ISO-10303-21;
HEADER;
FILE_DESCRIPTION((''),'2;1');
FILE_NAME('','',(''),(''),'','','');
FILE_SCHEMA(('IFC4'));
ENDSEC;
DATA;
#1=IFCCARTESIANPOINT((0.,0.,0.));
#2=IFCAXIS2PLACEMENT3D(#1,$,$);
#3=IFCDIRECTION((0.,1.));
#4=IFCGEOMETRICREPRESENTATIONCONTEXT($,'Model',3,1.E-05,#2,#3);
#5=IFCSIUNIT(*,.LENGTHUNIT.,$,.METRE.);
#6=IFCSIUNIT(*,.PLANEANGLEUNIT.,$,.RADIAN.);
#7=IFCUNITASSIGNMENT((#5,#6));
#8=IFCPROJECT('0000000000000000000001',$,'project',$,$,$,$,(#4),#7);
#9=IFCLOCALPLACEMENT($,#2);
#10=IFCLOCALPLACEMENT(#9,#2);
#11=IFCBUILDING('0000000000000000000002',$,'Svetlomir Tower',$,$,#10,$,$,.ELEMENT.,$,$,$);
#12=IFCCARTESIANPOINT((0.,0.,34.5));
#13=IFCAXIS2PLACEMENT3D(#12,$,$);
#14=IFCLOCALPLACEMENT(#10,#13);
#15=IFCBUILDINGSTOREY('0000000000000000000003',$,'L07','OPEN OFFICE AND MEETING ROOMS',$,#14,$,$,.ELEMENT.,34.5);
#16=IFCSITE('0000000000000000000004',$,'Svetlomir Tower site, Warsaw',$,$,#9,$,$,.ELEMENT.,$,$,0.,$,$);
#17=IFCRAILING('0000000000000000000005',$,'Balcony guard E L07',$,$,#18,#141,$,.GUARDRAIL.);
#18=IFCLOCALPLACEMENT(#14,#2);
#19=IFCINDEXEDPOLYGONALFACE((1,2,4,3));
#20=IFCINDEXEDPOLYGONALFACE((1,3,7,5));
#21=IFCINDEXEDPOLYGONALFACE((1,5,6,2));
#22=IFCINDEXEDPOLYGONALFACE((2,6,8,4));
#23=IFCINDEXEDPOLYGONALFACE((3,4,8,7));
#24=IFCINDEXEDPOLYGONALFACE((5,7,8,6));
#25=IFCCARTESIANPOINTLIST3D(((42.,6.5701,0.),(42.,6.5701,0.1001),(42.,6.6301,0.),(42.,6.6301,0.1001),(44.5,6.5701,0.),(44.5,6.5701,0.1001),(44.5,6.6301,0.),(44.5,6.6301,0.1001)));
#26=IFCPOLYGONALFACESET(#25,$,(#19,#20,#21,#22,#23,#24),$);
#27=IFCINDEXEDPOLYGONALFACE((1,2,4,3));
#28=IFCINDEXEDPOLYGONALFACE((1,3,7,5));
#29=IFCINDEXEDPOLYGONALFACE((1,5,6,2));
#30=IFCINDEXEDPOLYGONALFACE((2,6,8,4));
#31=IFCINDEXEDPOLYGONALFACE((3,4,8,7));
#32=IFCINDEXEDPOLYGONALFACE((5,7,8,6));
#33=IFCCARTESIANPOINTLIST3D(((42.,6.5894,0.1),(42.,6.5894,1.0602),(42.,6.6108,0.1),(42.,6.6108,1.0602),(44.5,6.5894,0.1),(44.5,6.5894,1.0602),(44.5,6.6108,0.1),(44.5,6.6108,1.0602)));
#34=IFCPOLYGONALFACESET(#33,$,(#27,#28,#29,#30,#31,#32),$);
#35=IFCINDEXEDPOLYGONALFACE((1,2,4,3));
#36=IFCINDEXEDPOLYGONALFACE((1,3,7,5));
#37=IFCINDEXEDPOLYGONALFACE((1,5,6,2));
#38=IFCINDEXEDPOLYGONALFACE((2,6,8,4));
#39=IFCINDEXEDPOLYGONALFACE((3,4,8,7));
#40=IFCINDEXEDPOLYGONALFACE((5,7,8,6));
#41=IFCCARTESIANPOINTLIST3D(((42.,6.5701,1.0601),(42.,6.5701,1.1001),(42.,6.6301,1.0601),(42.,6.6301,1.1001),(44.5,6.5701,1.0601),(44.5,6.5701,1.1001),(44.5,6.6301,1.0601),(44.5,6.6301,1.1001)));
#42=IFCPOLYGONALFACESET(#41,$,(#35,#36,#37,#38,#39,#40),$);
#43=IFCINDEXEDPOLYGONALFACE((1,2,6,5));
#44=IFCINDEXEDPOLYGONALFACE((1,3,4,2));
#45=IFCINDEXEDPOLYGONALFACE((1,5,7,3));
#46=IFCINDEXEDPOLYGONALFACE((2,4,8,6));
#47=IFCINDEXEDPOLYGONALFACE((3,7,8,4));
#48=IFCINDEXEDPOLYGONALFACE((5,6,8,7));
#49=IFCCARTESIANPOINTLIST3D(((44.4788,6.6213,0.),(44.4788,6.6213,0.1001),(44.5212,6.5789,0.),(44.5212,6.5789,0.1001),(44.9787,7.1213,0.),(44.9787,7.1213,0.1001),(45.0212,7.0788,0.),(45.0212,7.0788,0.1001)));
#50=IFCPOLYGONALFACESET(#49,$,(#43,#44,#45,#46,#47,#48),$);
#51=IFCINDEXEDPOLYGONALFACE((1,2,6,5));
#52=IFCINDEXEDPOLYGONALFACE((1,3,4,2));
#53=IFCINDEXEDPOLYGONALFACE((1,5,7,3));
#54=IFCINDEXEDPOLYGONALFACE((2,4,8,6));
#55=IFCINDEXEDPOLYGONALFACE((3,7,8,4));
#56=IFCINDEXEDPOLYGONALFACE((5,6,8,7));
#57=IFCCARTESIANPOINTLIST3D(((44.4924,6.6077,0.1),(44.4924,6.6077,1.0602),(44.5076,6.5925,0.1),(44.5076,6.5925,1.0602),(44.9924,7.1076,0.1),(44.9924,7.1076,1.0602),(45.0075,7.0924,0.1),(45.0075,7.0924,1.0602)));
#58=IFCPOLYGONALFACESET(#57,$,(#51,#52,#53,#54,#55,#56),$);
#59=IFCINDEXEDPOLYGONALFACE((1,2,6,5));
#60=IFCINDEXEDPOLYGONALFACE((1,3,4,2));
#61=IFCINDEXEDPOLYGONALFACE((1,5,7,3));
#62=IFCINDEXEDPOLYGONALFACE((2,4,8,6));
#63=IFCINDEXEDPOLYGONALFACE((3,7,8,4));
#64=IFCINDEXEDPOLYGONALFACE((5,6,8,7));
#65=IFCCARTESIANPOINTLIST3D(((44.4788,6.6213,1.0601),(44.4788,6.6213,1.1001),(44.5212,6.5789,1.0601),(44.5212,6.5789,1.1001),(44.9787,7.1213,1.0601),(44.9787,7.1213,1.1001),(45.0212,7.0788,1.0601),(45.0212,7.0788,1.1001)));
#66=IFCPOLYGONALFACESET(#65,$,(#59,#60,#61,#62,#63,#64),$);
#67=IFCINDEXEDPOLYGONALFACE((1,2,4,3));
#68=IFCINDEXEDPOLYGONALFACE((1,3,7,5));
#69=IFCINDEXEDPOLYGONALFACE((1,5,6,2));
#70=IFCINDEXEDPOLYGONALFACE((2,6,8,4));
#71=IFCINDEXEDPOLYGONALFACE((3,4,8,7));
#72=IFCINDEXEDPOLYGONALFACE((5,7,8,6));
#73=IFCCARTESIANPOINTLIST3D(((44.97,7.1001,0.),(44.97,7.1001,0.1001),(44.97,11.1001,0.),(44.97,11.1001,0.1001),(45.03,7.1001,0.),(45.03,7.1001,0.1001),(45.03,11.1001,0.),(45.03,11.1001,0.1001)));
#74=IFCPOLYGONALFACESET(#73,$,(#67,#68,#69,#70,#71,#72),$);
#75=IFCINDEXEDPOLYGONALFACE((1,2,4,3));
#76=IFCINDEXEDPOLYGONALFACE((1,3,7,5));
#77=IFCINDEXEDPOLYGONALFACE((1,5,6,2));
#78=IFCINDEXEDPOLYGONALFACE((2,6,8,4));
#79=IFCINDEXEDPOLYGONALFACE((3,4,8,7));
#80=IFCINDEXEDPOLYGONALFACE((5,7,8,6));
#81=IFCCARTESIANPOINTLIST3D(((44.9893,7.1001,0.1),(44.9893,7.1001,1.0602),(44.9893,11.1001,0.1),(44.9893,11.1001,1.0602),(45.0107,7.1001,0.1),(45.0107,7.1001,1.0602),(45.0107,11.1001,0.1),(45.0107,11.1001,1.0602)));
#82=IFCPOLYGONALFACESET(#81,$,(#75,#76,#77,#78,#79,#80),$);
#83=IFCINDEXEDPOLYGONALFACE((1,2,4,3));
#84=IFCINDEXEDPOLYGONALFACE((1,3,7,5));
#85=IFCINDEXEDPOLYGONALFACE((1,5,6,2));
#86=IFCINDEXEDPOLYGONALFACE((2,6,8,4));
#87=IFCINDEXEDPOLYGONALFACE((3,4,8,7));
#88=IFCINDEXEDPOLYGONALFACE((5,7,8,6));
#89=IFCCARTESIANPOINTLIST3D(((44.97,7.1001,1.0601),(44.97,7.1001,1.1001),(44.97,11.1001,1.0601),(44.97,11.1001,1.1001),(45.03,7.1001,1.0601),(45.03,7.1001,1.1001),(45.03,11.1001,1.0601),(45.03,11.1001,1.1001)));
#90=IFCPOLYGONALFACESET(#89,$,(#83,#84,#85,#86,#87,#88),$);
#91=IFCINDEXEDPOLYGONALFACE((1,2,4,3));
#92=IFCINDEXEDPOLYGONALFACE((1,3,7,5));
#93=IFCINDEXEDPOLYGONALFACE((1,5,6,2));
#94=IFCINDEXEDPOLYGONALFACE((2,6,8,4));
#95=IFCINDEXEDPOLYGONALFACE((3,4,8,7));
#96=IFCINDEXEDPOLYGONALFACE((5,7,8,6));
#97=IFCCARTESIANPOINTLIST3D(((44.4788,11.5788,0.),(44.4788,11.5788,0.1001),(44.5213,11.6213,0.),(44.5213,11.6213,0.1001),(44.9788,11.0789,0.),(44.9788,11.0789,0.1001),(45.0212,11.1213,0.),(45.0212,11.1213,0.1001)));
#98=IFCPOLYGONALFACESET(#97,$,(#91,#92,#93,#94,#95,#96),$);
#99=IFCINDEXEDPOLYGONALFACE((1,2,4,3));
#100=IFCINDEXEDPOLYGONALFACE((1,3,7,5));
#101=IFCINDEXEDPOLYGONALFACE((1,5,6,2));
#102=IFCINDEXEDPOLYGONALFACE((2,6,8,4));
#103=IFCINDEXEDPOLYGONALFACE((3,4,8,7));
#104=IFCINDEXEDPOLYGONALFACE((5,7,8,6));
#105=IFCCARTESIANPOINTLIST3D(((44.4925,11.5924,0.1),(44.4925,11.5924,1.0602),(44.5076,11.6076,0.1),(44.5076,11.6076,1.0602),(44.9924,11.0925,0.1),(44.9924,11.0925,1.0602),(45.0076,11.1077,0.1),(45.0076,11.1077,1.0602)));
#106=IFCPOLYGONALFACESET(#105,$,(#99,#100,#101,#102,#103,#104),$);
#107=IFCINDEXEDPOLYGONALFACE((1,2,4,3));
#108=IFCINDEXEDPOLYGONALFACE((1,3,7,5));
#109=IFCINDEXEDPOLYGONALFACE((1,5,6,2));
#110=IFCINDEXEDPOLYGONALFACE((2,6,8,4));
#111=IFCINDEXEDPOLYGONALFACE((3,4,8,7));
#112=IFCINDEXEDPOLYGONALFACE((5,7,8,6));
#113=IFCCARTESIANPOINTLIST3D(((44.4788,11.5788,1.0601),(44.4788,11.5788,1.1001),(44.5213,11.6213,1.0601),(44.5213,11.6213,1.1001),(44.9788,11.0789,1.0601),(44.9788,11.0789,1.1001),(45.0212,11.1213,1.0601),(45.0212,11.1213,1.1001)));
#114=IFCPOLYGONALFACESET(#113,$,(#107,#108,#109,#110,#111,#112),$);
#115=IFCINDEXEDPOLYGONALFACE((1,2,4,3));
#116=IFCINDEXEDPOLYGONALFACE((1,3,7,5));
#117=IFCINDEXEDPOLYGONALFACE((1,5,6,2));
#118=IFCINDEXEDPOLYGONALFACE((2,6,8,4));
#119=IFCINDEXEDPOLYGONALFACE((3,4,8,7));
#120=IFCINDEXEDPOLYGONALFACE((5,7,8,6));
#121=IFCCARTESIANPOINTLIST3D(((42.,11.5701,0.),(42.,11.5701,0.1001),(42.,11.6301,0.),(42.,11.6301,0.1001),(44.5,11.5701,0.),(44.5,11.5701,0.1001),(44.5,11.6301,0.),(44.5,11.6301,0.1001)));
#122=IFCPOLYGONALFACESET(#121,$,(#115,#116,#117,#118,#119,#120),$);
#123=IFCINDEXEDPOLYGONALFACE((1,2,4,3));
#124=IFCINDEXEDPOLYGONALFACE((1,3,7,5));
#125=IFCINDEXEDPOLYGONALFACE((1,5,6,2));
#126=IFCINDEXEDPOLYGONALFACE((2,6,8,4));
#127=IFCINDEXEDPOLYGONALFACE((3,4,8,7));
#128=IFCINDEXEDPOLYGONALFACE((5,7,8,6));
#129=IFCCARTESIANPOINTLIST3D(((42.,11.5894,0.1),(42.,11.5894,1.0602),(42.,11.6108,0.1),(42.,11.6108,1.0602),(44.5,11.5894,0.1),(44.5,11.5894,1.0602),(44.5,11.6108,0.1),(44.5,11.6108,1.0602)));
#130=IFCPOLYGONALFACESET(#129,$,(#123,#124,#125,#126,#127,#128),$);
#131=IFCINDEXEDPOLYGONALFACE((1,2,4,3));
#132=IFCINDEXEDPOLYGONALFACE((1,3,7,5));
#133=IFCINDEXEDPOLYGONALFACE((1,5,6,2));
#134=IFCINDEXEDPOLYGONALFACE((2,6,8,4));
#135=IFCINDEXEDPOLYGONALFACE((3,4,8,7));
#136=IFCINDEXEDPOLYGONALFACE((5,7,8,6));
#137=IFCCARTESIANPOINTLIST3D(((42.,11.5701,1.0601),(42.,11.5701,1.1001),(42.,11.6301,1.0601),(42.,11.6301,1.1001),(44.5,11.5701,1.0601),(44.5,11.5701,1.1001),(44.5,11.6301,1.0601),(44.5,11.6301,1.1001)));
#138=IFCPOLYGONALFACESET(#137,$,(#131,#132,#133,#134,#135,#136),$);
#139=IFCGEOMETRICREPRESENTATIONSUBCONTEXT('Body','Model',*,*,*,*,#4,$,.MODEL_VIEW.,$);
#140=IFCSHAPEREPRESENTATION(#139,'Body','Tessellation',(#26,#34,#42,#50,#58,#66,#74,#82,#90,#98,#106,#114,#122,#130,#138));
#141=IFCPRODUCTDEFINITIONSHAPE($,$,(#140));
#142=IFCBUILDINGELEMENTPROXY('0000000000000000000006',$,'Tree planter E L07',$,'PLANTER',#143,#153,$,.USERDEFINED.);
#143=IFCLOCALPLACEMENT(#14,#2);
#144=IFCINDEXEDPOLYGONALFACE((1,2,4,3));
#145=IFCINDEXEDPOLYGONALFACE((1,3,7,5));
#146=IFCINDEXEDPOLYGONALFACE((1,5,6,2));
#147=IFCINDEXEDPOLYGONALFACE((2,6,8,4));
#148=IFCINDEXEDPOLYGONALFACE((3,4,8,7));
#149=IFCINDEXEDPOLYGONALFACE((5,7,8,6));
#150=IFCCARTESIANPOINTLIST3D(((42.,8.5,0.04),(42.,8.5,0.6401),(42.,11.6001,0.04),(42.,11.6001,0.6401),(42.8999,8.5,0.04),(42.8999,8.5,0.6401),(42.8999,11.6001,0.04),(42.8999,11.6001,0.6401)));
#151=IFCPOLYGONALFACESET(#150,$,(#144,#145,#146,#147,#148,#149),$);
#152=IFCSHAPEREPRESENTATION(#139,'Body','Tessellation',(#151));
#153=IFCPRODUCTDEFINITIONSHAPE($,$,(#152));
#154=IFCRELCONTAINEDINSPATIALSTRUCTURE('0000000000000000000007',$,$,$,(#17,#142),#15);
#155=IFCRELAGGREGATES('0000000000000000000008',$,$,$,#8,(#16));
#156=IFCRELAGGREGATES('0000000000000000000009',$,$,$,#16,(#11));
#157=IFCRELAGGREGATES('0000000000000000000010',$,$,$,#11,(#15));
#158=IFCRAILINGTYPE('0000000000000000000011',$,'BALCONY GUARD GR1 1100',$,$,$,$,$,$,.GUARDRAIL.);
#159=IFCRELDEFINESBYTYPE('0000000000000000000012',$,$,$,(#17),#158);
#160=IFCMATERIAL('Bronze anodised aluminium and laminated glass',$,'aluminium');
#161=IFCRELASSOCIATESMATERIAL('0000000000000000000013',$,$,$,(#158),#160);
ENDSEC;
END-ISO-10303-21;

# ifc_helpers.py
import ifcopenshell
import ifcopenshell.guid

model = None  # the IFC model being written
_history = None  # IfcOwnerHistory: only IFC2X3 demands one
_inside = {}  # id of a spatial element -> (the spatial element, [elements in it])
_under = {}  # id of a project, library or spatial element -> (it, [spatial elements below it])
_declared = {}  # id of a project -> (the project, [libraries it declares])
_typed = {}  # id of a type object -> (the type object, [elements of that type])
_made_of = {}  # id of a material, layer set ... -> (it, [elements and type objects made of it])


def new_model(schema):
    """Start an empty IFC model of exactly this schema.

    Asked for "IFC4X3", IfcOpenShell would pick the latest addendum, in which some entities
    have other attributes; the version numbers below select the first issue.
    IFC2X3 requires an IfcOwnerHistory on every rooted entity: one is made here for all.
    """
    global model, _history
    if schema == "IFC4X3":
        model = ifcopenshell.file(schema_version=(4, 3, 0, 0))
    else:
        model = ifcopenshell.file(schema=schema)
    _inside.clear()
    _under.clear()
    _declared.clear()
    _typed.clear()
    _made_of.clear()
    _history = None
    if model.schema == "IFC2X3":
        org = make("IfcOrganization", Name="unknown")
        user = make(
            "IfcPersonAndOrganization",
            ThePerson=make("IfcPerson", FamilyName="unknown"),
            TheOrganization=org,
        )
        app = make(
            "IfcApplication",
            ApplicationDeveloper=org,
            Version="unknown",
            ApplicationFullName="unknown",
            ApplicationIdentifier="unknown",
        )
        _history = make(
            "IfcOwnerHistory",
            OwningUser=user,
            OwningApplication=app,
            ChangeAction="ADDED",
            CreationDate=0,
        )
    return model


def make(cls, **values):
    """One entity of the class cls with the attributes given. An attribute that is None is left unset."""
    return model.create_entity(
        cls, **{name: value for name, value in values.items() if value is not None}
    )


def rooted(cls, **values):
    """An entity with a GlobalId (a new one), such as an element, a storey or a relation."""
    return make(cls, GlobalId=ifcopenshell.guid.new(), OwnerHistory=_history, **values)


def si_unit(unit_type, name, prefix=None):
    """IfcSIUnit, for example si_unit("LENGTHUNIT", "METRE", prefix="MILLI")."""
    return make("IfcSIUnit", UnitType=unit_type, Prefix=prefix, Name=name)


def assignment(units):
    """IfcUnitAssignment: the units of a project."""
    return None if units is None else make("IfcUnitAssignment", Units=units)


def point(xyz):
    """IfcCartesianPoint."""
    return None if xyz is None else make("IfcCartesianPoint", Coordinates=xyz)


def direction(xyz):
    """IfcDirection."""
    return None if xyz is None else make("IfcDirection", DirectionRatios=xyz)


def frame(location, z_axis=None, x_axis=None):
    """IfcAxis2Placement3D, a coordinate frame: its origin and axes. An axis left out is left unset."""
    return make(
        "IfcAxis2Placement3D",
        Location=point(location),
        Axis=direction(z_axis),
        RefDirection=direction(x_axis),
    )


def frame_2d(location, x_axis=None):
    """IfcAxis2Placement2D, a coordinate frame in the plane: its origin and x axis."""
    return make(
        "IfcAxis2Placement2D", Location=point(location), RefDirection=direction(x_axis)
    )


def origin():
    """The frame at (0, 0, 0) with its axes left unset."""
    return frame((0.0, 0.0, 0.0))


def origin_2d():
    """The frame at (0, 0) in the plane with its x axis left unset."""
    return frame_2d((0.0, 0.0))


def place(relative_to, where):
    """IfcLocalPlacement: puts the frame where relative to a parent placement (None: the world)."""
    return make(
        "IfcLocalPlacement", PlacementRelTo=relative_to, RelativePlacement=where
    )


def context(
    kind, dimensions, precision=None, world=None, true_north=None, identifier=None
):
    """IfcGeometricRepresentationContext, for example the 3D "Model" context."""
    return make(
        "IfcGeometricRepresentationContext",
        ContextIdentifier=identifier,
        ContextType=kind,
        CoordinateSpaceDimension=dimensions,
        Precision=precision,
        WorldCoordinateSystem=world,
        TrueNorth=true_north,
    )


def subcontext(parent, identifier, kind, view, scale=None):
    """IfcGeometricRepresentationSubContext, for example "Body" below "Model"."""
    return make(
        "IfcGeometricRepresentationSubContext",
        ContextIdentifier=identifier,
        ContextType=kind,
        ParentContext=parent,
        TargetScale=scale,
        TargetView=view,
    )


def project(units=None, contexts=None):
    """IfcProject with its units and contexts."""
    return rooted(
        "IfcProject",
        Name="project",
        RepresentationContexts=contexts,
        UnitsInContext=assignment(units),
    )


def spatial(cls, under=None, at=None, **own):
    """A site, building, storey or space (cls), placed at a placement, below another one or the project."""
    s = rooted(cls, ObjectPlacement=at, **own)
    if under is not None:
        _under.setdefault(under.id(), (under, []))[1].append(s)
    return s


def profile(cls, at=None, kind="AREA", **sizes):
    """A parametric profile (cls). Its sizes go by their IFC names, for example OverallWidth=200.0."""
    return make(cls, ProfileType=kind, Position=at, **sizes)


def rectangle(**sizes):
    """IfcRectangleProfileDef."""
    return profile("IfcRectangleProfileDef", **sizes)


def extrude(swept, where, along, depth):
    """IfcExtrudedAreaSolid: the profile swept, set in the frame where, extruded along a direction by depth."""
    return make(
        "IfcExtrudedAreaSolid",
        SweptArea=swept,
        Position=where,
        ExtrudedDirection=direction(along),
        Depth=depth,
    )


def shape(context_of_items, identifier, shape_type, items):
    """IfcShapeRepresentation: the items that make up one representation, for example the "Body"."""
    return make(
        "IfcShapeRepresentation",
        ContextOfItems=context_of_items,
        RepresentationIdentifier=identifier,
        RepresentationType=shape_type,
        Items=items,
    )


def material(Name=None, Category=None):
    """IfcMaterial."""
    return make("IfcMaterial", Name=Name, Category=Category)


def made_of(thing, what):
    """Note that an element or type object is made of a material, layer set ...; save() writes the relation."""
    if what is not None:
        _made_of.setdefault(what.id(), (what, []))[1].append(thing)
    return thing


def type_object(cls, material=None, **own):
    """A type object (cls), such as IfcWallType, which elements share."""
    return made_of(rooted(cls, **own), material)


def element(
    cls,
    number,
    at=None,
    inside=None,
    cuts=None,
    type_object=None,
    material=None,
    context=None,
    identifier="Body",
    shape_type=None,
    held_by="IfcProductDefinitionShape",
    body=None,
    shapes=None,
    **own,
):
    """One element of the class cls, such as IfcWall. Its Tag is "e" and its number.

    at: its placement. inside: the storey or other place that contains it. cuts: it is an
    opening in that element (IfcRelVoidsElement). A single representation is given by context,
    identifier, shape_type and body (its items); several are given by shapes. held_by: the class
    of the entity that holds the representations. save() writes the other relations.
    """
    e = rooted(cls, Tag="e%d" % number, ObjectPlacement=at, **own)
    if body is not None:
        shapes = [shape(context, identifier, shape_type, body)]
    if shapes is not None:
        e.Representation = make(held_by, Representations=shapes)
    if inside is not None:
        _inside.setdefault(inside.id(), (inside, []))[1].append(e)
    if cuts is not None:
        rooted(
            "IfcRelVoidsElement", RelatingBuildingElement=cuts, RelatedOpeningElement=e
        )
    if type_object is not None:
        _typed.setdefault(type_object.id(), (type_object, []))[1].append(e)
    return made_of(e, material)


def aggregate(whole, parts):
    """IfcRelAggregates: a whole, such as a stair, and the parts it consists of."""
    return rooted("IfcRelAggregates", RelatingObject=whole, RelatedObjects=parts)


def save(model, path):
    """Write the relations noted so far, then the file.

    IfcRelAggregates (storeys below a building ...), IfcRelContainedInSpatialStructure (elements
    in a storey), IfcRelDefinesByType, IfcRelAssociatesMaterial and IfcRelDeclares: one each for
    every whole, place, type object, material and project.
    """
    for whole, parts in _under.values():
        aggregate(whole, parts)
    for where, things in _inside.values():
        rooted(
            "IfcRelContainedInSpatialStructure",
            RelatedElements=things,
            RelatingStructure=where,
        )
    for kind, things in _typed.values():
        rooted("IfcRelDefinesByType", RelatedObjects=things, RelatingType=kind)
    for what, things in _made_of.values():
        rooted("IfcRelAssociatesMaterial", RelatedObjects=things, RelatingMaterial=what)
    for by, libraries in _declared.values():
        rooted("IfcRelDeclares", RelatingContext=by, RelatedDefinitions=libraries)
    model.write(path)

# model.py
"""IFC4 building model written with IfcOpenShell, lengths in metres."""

from ifc_helpers import new_model, si_unit, direction, frame, origin, origin_2d, place, context, subcontext, project, spatial, rectangle, extrude, material, type_object, element, save


model = new_model("IFC4")

# Units and contexts
model_context = context("Model", 3, precision=1e-05, world=origin(), true_north=direction((0.0, 1.0)))
body_context = subcontext(model_context, "Body", "Model", "MODEL_VIEW")
ifc_project = project(units=[si_unit("LENGTHUNIT", "METRE"), si_unit("PLANEANGLEUNIT", "RADIAN")], contexts=[model_context])

# Site, building, storey
site_placement = place(None, origin())
site = spatial("IfcSite", under=ifc_project, at=site_placement, Name="Svetlomir Tower site, Warsaw", CompositionType="ELEMENT", RefElevation=0.0)
building_placement = place(site_placement, origin())
building = spatial("IfcBuilding", under=site, at=building_placement, Name="Svetlomir Tower", CompositionType="ELEMENT")
storey_placement = place(building_placement, frame((0.0, 0.0, 34.5)))
storey = spatial("IfcBuildingStorey", under=building, at=storey_placement, Name="L07", Description="OPEN OFFICE AND MEETING ROOMS", CompositionType="ELEMENT", Elevation=34.5)

# Railing
ifc_material_1 = material(Name="Bronze anodised aluminium and laminated glass", Category="aluminium")
railing_type = type_object("IfcRailingType", Name="BALCONY GUARD GR1 1100", PredefinedType="GUARDRAIL", material=ifc_material_1)
railing_placement = place(storey_placement, frame((42.0, 6.6001, 0.0)))
element("IfcRailing", 1, at=railing_placement, inside=storey, type_object=railing_type, Name="Balcony guard E L07", PredefinedType="GUARDRAIL", context=body_context, shape_type="SweptSolid", body=[
    extrude(rectangle(XDim=0.0601, YDim=0.1001, at=origin_2d()), frame((0.0, 0.0, 0.05), z_axis=(1.0, 0.0, 0.0), x_axis=(0.0, 1.0, 0.0)), (0.0, 0.0, 1.0), 2.5),
    extrude(rectangle(XDim=0.0215, YDim=0.9602, at=origin_2d()), frame((0.0, 0.0, 0.5801), z_axis=(1.0, 0.0, 0.0), x_axis=(0.0, 1.0, 0.0)), (0.0, 0.0, 1.0), 2.5),
    extrude(rectangle(XDim=0.0601, YDim=0.04, at=origin_2d()), frame((0.0, 0.0, 1.0801), z_axis=(1.0, 0.0, 0.0), x_axis=(0.0, 1.0, 0.0)), (0.0, 0.0, 1.0), 2.5),
    extrude(rectangle(XDim=0.0601, YDim=0.1001, at=origin_2d()), frame((2.5, 0.0, 0.05), z_axis=(0.707107, 0.707107, 0.0), x_axis=(-0.707107, 0.707107, 0.0)), (0.0, 0.0, 1.0), 0.707),
    extrude(rectangle(XDim=0.0215, YDim=0.9602, at=origin_2d()), frame((2.5, 0.0, 0.5801), z_axis=(0.707107, 0.707107, 0.0), x_axis=(-0.707107, 0.707107, 0.0)), (0.0, 0.0, 1.0), 0.707),
    extrude(rectangle(XDim=0.0601, YDim=0.04, at=origin_2d()), frame((2.5, 0.0, 1.0801), z_axis=(0.707107, 0.707107, 0.0), x_axis=(-0.707107, 0.707107, 0.0)), (0.0, 0.0, 1.0), 0.707),
    extrude(rectangle(XDim=0.0601, YDim=0.1001, at=origin_2d()), frame((3.0, 0.5, 0.05), z_axis=(0.0, 1.0, 0.0), x_axis=(-1.0, 0.0, 0.0)), (0.0, 0.0, 1.0), 4.0),
    extrude(rectangle(XDim=0.0215, YDim=0.9602, at=origin_2d()), frame((3.0, 0.5, 0.5801), z_axis=(0.0, 1.0, 0.0), x_axis=(-1.0, 0.0, 0.0)), (0.0, 0.0, 1.0), 4.0),
    extrude(rectangle(XDim=0.0601, YDim=0.04, at=origin_2d()), frame((3.0, 0.5, 1.0801), z_axis=(0.0, 1.0, 0.0), x_axis=(-1.0, 0.0, 0.0)), (0.0, 0.0, 1.0), 4.0),
    extrude(rectangle(XDim=0.0601, YDim=0.1001, at=origin_2d()), frame((3.0, 4.5, 0.05), z_axis=(-0.707107, 0.707107, 0.0), x_axis=(-0.707107, -0.707107, 0.0)), (0.0, 0.0, 1.0), 0.707),
    extrude(rectangle(XDim=0.0215, YDim=0.9602, at=origin_2d()), frame((3.0, 4.5, 0.5801), z_axis=(-0.707107, 0.707107, 0.0), x_axis=(-0.707107, -0.707107, 0.0)), (0.0, 0.0, 1.0), 0.707),
    extrude(rectangle(XDim=0.0601, YDim=0.04, at=origin_2d()), frame((3.0, 4.5, 1.0801), z_axis=(-0.707107, 0.707107, 0.0), x_axis=(-0.707107, -0.707107, 0.0)), (0.0, 0.0, 1.0), 0.707),
    extrude(rectangle(XDim=0.0601, YDim=0.1001, at=origin_2d()), frame((2.5, 5.0, 0.05), z_axis=(-1.0, 0.0, 0.0), x_axis=(0.0, -1.0, 0.0)), (0.0, 0.0, 1.0), 2.5),
    extrude(rectangle(XDim=0.0215, YDim=0.9602, at=origin_2d()), frame((2.5, 5.0, 0.5801), z_axis=(-1.0, 0.0, 0.0), x_axis=(0.0, -1.0, 0.0)), (0.0, 0.0, 1.0), 2.5),
    extrude(rectangle(XDim=0.0601, YDim=0.04, at=origin_2d()), frame((2.5, 5.0, 1.0801), z_axis=(-1.0, 0.0, 0.0), x_axis=(0.0, -1.0, 0.0)), (0.0, 0.0, 1.0), 2.5),
])

# Building element proxy
proxy_placement = place(storey_placement, frame((42.45, 10.05, 0.04), z_axis=(0.0, 0.0, 1.0), x_axis=(1.0, 0.0, 0.0)))
element("IfcBuildingElementProxy", 2, at=proxy_placement, inside=storey, Name="Tree planter E L07", ObjectType="PLANTER", PredefinedType="USERDEFINED", context=body_context, shape_type="SweptSolid", body=[
    extrude(rectangle(XDim=0.8999, YDim=3.1001, at=origin_2d()), origin(), (0.0, 0.0, 1.0), 0.6001),
])

save(model, "model.ifc")
